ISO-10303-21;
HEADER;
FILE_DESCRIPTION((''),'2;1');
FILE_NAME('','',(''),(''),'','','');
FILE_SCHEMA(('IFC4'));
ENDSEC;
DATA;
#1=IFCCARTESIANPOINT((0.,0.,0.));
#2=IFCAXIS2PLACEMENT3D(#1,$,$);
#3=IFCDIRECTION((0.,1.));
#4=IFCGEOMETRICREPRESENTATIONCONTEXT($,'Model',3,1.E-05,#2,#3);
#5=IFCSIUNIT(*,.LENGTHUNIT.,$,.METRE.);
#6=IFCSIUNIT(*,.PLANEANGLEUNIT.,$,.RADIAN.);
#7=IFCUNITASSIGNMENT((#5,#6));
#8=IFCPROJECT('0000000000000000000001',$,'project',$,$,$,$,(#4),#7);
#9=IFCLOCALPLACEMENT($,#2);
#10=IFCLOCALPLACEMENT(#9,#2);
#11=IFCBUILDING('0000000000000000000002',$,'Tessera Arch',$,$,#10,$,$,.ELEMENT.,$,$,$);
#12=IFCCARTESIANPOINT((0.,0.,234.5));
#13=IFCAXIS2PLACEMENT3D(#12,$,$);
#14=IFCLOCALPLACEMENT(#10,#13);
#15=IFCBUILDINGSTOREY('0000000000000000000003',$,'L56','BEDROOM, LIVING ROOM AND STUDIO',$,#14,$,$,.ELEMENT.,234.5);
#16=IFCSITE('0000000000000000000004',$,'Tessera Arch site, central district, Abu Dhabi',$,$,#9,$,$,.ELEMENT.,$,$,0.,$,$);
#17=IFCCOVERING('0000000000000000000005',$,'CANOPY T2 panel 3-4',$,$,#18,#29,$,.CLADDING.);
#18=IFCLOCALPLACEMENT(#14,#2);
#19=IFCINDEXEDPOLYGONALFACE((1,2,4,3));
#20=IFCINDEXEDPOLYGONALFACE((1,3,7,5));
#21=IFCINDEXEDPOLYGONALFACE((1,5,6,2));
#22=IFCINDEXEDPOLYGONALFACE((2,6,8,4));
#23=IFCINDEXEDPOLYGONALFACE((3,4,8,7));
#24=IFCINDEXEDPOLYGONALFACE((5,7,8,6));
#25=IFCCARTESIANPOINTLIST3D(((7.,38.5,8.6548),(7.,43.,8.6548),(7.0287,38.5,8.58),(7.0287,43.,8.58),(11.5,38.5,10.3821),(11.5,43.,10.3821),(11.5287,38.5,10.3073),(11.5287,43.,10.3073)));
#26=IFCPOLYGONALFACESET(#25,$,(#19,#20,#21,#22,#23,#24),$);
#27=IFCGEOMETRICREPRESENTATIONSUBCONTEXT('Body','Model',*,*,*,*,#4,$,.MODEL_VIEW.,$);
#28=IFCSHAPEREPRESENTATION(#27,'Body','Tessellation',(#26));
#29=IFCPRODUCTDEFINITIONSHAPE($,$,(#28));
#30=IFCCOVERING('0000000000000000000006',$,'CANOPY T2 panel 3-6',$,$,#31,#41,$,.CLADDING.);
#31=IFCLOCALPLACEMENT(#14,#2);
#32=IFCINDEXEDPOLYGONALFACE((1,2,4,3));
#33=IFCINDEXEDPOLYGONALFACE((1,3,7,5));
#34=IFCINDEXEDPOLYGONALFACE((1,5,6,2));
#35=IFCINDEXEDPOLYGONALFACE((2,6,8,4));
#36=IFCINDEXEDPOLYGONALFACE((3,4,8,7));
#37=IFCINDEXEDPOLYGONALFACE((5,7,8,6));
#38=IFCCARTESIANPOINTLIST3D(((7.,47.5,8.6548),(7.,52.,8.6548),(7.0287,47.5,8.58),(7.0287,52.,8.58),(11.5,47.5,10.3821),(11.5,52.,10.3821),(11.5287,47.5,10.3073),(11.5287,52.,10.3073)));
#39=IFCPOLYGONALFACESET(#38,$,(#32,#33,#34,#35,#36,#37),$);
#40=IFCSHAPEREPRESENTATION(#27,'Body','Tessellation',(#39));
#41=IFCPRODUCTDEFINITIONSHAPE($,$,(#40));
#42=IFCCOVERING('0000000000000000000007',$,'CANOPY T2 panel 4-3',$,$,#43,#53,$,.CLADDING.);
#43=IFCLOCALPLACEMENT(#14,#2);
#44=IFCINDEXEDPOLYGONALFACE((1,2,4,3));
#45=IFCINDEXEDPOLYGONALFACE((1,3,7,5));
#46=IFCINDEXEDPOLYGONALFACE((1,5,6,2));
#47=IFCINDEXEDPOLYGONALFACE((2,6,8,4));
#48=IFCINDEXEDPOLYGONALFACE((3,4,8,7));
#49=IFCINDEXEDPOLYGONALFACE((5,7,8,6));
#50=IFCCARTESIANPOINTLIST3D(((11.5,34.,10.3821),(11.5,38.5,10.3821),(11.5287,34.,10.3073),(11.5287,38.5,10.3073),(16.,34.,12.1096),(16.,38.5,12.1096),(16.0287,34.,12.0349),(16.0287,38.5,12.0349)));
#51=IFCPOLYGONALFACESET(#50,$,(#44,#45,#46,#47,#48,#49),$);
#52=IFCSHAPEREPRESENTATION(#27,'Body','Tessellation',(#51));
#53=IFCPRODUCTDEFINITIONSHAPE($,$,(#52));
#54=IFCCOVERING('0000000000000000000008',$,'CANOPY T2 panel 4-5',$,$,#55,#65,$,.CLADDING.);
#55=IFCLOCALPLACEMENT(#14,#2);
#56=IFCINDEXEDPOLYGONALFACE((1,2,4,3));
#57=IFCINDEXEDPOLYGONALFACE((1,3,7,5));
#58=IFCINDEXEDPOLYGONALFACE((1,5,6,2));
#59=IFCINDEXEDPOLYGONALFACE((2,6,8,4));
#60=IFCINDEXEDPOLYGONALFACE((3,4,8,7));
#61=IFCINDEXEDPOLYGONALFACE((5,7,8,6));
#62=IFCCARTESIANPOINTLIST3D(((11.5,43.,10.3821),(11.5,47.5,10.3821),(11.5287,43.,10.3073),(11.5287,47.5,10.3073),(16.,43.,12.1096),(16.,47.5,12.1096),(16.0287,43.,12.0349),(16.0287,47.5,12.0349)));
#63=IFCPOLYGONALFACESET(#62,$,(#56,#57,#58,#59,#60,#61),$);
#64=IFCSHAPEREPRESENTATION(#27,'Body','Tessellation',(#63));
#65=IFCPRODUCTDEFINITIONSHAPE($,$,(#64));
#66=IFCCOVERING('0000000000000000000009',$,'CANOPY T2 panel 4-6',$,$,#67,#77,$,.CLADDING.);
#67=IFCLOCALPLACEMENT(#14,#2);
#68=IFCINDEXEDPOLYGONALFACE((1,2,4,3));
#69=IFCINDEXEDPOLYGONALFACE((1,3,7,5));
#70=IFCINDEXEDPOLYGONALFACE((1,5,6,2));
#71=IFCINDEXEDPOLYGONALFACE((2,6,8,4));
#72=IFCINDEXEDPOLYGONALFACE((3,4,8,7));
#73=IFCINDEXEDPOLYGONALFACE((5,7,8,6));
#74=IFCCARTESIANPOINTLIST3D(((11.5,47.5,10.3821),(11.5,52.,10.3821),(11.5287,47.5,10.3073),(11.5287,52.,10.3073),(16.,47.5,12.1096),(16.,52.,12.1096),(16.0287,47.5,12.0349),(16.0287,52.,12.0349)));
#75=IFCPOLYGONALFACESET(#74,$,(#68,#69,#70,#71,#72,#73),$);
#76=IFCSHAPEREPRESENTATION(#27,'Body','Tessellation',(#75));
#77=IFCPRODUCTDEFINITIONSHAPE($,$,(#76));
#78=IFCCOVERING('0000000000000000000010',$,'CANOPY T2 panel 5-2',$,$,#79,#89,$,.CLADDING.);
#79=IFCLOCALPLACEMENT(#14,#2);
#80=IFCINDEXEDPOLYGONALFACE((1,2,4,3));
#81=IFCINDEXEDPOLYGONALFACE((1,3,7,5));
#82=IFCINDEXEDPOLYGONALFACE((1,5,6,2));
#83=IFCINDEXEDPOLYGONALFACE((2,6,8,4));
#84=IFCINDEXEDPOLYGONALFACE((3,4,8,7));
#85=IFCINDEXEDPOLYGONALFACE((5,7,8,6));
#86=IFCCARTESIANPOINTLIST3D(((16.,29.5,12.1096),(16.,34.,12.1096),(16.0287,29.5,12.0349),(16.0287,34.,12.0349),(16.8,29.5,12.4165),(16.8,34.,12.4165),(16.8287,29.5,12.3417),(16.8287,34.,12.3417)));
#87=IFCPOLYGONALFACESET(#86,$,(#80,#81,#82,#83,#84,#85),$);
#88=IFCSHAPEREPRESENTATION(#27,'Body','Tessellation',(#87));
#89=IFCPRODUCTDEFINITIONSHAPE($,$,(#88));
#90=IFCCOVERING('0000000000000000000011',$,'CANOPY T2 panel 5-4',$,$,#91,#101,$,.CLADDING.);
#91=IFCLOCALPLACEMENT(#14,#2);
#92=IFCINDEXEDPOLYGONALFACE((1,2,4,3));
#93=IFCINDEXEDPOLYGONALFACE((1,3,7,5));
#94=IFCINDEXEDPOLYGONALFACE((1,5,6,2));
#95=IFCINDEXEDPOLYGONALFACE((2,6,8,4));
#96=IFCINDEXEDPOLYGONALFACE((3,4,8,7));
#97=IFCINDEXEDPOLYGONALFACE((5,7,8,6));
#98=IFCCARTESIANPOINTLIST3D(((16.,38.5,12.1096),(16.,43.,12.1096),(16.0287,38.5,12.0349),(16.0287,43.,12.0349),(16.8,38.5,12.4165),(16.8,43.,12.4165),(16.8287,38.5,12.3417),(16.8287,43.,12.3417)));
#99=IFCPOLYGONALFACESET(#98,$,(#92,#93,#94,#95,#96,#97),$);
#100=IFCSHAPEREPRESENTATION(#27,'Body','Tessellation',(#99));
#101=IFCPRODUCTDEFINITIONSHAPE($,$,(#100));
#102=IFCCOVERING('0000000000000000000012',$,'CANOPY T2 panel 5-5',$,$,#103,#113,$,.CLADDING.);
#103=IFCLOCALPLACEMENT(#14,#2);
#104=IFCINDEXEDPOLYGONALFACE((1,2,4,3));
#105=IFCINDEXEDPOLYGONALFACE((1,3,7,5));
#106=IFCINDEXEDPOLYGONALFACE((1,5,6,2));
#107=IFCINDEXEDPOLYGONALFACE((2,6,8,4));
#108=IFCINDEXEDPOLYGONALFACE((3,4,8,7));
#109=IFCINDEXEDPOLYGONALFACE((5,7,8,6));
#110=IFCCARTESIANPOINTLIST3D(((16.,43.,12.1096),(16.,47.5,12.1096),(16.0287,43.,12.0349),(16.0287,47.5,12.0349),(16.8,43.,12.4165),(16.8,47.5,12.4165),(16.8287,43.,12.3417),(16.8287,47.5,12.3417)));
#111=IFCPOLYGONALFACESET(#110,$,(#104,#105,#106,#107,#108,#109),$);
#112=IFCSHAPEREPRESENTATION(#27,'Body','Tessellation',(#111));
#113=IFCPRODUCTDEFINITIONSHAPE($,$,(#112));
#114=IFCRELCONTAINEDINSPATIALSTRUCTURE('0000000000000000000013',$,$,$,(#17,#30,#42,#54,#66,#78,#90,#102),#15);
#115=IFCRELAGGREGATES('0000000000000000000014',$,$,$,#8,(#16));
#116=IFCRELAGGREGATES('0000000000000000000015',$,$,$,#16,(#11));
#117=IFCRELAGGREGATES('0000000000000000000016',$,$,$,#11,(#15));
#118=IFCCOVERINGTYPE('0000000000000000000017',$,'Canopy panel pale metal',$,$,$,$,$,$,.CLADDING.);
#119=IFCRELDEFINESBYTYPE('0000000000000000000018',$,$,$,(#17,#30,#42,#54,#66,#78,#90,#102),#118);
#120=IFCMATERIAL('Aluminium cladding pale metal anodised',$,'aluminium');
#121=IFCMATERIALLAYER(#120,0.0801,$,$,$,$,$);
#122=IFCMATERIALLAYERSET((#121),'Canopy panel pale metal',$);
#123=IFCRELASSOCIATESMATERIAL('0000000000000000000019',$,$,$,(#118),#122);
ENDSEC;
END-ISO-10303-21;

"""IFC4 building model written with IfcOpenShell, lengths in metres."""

from ifc_helpers import new_model, si_unit, direction, frame, origin, place, context, subcontext, project, spatial, polyline, outline, extrude, material, layer, layer_set, type_object, element, save


model = new_model("IFC4")

# Units and contexts
model_context = context("Model", 3, precision=1e-05, world=origin(), true_north=direction((0.0, 1.0)))
body_context = subcontext(model_context, "Body", "Model", "MODEL_VIEW")
ifc_project = project(units=[si_unit("LENGTHUNIT", "METRE"), si_unit("PLANEANGLEUNIT", "RADIAN")], contexts=[model_context])

# Site, building, storey
site_placement = place(None, origin())
site = spatial("IfcSite", under=ifc_project, at=site_placement, Name="Tessera Arch site, central district, Abu Dhabi", CompositionType="ELEMENT", RefElevation=0.0)
building_placement = place(site_placement, origin())
building = spatial("IfcBuilding", under=site, at=building_placement, Name="Tessera Arch", CompositionType="ELEMENT")
storey_placement = place(building_placement, frame((0.0, 0.0, 234.5)))
storey = spatial("IfcBuildingStorey", under=building, at=storey_placement, Name="L56", Description="BEDROOM, LIVING ROOM AND STUDIO", CompositionType="ELEMENT", Elevation=234.5)

# Coverings
ifc_material_1 = material(Name="Aluminium cladding pale metal anodised", Category="aluminium")
ifc_layer_1 = layer(ifc_material_1, 0.0801)
ifc_layer_set_1 = layer_set([ifc_layer_1], Name="Canopy panel pale metal")
covering_type = type_object("IfcCoveringType", Name="Canopy panel pale metal", PredefinedType="CLADDING", material=ifc_layer_set_1)
for number, where, z_axis, x_axis, name in (
    (1, (11.5, 38.5, 10.3821), (-0.358351, 0.0, 0.933587), (0.0, 1.0, 0.0), "CANOPY T2 panel 3-4"),
    (2, (11.5, 47.5, 10.3821), (-0.358351, 0.0, 0.933587), (0.0, 1.0, 0.0), "CANOPY T2 panel 3-6"),
):
    element("IfcCovering", number, at=place(storey_placement, frame(where, z_axis=z_axis, x_axis=x_axis)), inside=storey, type_object=covering_type, Name=name, PredefinedType="CLADDING", context=body_context, shape_type="SweptSolid", body=[
        extrude(outline(polyline([(0.0, 0.0), (4.5, 0.0), (4.5, 4.8201), (0.0, 4.8201), (0.0, 0.0)])), origin(), (0.0, 0.0, -1.0), 0.0801),
    ])
for number, where, z_axis, x_axis, name in (
    (3, (16.0, 34.0, 12.1096), (-0.358395, 0.0, 0.93357), (0.0, 1.0, 0.0), "CANOPY T2 panel 4-3"),
    (4, (16.0, 43.0, 12.1096), (-0.358395, 0.0, 0.93357), (0.0, 1.0, 0.0), "CANOPY T2 panel 4-5"),
    (5, (16.0, 47.5, 12.1096), (-0.358395, 0.0, 0.93357), (0.0, 1.0, 0.0), "CANOPY T2 panel 4-6"),
):
    element("IfcCovering", number, at=place(storey_placement, frame(where, z_axis=z_axis, x_axis=x_axis)), inside=storey, type_object=covering_type, Name=name, PredefinedType="CLADDING", context=body_context, shape_type="SweptSolid", body=[
        extrude(outline(polyline([(0.0, 0.0), (4.5, 0.0), (4.5, 4.8202), (0.0, 4.8202), (0.0, 0.0)])), origin(), (0.0, 0.0, -1.0), 0.0801),
    ])
for number, where, z_axis, x_axis, name in (
    (6, (16.8, 34.0, 12.4165), (-0.358139, 0.0, 0.933668), (-0.933668, 0.0, -0.358139), "CANOPY T2 panel 5-2"),
    (7, (16.8, 43.0, 12.4165), (-0.358139, 0.0, 0.933668), (-0.933668, 0.0, -0.358139), "CANOPY T2 panel 5-4"),
    (8, (16.8, 47.5, 12.4165), (-0.358139, 0.0, 0.933668), (-0.933668, 0.0, -0.358139), "CANOPY T2 panel 5-5"),
):
    element("IfcCovering", number, at=place(storey_placement, frame(where, z_axis=z_axis, x_axis=x_axis)), inside=storey, type_object=covering_type, Name=name, PredefinedType="CLADDING", context=body_context, shape_type="SweptSolid", body=[
        extrude(outline(polyline([(0.0, 0.0), (0.8569, 0.0), (0.8569, 4.5), (0.0, 4.5), (0.0, 0.0)])), origin(), (0.0, 0.0, -1.0), 0.0801),
    ])

save(model, "model.ifc")
